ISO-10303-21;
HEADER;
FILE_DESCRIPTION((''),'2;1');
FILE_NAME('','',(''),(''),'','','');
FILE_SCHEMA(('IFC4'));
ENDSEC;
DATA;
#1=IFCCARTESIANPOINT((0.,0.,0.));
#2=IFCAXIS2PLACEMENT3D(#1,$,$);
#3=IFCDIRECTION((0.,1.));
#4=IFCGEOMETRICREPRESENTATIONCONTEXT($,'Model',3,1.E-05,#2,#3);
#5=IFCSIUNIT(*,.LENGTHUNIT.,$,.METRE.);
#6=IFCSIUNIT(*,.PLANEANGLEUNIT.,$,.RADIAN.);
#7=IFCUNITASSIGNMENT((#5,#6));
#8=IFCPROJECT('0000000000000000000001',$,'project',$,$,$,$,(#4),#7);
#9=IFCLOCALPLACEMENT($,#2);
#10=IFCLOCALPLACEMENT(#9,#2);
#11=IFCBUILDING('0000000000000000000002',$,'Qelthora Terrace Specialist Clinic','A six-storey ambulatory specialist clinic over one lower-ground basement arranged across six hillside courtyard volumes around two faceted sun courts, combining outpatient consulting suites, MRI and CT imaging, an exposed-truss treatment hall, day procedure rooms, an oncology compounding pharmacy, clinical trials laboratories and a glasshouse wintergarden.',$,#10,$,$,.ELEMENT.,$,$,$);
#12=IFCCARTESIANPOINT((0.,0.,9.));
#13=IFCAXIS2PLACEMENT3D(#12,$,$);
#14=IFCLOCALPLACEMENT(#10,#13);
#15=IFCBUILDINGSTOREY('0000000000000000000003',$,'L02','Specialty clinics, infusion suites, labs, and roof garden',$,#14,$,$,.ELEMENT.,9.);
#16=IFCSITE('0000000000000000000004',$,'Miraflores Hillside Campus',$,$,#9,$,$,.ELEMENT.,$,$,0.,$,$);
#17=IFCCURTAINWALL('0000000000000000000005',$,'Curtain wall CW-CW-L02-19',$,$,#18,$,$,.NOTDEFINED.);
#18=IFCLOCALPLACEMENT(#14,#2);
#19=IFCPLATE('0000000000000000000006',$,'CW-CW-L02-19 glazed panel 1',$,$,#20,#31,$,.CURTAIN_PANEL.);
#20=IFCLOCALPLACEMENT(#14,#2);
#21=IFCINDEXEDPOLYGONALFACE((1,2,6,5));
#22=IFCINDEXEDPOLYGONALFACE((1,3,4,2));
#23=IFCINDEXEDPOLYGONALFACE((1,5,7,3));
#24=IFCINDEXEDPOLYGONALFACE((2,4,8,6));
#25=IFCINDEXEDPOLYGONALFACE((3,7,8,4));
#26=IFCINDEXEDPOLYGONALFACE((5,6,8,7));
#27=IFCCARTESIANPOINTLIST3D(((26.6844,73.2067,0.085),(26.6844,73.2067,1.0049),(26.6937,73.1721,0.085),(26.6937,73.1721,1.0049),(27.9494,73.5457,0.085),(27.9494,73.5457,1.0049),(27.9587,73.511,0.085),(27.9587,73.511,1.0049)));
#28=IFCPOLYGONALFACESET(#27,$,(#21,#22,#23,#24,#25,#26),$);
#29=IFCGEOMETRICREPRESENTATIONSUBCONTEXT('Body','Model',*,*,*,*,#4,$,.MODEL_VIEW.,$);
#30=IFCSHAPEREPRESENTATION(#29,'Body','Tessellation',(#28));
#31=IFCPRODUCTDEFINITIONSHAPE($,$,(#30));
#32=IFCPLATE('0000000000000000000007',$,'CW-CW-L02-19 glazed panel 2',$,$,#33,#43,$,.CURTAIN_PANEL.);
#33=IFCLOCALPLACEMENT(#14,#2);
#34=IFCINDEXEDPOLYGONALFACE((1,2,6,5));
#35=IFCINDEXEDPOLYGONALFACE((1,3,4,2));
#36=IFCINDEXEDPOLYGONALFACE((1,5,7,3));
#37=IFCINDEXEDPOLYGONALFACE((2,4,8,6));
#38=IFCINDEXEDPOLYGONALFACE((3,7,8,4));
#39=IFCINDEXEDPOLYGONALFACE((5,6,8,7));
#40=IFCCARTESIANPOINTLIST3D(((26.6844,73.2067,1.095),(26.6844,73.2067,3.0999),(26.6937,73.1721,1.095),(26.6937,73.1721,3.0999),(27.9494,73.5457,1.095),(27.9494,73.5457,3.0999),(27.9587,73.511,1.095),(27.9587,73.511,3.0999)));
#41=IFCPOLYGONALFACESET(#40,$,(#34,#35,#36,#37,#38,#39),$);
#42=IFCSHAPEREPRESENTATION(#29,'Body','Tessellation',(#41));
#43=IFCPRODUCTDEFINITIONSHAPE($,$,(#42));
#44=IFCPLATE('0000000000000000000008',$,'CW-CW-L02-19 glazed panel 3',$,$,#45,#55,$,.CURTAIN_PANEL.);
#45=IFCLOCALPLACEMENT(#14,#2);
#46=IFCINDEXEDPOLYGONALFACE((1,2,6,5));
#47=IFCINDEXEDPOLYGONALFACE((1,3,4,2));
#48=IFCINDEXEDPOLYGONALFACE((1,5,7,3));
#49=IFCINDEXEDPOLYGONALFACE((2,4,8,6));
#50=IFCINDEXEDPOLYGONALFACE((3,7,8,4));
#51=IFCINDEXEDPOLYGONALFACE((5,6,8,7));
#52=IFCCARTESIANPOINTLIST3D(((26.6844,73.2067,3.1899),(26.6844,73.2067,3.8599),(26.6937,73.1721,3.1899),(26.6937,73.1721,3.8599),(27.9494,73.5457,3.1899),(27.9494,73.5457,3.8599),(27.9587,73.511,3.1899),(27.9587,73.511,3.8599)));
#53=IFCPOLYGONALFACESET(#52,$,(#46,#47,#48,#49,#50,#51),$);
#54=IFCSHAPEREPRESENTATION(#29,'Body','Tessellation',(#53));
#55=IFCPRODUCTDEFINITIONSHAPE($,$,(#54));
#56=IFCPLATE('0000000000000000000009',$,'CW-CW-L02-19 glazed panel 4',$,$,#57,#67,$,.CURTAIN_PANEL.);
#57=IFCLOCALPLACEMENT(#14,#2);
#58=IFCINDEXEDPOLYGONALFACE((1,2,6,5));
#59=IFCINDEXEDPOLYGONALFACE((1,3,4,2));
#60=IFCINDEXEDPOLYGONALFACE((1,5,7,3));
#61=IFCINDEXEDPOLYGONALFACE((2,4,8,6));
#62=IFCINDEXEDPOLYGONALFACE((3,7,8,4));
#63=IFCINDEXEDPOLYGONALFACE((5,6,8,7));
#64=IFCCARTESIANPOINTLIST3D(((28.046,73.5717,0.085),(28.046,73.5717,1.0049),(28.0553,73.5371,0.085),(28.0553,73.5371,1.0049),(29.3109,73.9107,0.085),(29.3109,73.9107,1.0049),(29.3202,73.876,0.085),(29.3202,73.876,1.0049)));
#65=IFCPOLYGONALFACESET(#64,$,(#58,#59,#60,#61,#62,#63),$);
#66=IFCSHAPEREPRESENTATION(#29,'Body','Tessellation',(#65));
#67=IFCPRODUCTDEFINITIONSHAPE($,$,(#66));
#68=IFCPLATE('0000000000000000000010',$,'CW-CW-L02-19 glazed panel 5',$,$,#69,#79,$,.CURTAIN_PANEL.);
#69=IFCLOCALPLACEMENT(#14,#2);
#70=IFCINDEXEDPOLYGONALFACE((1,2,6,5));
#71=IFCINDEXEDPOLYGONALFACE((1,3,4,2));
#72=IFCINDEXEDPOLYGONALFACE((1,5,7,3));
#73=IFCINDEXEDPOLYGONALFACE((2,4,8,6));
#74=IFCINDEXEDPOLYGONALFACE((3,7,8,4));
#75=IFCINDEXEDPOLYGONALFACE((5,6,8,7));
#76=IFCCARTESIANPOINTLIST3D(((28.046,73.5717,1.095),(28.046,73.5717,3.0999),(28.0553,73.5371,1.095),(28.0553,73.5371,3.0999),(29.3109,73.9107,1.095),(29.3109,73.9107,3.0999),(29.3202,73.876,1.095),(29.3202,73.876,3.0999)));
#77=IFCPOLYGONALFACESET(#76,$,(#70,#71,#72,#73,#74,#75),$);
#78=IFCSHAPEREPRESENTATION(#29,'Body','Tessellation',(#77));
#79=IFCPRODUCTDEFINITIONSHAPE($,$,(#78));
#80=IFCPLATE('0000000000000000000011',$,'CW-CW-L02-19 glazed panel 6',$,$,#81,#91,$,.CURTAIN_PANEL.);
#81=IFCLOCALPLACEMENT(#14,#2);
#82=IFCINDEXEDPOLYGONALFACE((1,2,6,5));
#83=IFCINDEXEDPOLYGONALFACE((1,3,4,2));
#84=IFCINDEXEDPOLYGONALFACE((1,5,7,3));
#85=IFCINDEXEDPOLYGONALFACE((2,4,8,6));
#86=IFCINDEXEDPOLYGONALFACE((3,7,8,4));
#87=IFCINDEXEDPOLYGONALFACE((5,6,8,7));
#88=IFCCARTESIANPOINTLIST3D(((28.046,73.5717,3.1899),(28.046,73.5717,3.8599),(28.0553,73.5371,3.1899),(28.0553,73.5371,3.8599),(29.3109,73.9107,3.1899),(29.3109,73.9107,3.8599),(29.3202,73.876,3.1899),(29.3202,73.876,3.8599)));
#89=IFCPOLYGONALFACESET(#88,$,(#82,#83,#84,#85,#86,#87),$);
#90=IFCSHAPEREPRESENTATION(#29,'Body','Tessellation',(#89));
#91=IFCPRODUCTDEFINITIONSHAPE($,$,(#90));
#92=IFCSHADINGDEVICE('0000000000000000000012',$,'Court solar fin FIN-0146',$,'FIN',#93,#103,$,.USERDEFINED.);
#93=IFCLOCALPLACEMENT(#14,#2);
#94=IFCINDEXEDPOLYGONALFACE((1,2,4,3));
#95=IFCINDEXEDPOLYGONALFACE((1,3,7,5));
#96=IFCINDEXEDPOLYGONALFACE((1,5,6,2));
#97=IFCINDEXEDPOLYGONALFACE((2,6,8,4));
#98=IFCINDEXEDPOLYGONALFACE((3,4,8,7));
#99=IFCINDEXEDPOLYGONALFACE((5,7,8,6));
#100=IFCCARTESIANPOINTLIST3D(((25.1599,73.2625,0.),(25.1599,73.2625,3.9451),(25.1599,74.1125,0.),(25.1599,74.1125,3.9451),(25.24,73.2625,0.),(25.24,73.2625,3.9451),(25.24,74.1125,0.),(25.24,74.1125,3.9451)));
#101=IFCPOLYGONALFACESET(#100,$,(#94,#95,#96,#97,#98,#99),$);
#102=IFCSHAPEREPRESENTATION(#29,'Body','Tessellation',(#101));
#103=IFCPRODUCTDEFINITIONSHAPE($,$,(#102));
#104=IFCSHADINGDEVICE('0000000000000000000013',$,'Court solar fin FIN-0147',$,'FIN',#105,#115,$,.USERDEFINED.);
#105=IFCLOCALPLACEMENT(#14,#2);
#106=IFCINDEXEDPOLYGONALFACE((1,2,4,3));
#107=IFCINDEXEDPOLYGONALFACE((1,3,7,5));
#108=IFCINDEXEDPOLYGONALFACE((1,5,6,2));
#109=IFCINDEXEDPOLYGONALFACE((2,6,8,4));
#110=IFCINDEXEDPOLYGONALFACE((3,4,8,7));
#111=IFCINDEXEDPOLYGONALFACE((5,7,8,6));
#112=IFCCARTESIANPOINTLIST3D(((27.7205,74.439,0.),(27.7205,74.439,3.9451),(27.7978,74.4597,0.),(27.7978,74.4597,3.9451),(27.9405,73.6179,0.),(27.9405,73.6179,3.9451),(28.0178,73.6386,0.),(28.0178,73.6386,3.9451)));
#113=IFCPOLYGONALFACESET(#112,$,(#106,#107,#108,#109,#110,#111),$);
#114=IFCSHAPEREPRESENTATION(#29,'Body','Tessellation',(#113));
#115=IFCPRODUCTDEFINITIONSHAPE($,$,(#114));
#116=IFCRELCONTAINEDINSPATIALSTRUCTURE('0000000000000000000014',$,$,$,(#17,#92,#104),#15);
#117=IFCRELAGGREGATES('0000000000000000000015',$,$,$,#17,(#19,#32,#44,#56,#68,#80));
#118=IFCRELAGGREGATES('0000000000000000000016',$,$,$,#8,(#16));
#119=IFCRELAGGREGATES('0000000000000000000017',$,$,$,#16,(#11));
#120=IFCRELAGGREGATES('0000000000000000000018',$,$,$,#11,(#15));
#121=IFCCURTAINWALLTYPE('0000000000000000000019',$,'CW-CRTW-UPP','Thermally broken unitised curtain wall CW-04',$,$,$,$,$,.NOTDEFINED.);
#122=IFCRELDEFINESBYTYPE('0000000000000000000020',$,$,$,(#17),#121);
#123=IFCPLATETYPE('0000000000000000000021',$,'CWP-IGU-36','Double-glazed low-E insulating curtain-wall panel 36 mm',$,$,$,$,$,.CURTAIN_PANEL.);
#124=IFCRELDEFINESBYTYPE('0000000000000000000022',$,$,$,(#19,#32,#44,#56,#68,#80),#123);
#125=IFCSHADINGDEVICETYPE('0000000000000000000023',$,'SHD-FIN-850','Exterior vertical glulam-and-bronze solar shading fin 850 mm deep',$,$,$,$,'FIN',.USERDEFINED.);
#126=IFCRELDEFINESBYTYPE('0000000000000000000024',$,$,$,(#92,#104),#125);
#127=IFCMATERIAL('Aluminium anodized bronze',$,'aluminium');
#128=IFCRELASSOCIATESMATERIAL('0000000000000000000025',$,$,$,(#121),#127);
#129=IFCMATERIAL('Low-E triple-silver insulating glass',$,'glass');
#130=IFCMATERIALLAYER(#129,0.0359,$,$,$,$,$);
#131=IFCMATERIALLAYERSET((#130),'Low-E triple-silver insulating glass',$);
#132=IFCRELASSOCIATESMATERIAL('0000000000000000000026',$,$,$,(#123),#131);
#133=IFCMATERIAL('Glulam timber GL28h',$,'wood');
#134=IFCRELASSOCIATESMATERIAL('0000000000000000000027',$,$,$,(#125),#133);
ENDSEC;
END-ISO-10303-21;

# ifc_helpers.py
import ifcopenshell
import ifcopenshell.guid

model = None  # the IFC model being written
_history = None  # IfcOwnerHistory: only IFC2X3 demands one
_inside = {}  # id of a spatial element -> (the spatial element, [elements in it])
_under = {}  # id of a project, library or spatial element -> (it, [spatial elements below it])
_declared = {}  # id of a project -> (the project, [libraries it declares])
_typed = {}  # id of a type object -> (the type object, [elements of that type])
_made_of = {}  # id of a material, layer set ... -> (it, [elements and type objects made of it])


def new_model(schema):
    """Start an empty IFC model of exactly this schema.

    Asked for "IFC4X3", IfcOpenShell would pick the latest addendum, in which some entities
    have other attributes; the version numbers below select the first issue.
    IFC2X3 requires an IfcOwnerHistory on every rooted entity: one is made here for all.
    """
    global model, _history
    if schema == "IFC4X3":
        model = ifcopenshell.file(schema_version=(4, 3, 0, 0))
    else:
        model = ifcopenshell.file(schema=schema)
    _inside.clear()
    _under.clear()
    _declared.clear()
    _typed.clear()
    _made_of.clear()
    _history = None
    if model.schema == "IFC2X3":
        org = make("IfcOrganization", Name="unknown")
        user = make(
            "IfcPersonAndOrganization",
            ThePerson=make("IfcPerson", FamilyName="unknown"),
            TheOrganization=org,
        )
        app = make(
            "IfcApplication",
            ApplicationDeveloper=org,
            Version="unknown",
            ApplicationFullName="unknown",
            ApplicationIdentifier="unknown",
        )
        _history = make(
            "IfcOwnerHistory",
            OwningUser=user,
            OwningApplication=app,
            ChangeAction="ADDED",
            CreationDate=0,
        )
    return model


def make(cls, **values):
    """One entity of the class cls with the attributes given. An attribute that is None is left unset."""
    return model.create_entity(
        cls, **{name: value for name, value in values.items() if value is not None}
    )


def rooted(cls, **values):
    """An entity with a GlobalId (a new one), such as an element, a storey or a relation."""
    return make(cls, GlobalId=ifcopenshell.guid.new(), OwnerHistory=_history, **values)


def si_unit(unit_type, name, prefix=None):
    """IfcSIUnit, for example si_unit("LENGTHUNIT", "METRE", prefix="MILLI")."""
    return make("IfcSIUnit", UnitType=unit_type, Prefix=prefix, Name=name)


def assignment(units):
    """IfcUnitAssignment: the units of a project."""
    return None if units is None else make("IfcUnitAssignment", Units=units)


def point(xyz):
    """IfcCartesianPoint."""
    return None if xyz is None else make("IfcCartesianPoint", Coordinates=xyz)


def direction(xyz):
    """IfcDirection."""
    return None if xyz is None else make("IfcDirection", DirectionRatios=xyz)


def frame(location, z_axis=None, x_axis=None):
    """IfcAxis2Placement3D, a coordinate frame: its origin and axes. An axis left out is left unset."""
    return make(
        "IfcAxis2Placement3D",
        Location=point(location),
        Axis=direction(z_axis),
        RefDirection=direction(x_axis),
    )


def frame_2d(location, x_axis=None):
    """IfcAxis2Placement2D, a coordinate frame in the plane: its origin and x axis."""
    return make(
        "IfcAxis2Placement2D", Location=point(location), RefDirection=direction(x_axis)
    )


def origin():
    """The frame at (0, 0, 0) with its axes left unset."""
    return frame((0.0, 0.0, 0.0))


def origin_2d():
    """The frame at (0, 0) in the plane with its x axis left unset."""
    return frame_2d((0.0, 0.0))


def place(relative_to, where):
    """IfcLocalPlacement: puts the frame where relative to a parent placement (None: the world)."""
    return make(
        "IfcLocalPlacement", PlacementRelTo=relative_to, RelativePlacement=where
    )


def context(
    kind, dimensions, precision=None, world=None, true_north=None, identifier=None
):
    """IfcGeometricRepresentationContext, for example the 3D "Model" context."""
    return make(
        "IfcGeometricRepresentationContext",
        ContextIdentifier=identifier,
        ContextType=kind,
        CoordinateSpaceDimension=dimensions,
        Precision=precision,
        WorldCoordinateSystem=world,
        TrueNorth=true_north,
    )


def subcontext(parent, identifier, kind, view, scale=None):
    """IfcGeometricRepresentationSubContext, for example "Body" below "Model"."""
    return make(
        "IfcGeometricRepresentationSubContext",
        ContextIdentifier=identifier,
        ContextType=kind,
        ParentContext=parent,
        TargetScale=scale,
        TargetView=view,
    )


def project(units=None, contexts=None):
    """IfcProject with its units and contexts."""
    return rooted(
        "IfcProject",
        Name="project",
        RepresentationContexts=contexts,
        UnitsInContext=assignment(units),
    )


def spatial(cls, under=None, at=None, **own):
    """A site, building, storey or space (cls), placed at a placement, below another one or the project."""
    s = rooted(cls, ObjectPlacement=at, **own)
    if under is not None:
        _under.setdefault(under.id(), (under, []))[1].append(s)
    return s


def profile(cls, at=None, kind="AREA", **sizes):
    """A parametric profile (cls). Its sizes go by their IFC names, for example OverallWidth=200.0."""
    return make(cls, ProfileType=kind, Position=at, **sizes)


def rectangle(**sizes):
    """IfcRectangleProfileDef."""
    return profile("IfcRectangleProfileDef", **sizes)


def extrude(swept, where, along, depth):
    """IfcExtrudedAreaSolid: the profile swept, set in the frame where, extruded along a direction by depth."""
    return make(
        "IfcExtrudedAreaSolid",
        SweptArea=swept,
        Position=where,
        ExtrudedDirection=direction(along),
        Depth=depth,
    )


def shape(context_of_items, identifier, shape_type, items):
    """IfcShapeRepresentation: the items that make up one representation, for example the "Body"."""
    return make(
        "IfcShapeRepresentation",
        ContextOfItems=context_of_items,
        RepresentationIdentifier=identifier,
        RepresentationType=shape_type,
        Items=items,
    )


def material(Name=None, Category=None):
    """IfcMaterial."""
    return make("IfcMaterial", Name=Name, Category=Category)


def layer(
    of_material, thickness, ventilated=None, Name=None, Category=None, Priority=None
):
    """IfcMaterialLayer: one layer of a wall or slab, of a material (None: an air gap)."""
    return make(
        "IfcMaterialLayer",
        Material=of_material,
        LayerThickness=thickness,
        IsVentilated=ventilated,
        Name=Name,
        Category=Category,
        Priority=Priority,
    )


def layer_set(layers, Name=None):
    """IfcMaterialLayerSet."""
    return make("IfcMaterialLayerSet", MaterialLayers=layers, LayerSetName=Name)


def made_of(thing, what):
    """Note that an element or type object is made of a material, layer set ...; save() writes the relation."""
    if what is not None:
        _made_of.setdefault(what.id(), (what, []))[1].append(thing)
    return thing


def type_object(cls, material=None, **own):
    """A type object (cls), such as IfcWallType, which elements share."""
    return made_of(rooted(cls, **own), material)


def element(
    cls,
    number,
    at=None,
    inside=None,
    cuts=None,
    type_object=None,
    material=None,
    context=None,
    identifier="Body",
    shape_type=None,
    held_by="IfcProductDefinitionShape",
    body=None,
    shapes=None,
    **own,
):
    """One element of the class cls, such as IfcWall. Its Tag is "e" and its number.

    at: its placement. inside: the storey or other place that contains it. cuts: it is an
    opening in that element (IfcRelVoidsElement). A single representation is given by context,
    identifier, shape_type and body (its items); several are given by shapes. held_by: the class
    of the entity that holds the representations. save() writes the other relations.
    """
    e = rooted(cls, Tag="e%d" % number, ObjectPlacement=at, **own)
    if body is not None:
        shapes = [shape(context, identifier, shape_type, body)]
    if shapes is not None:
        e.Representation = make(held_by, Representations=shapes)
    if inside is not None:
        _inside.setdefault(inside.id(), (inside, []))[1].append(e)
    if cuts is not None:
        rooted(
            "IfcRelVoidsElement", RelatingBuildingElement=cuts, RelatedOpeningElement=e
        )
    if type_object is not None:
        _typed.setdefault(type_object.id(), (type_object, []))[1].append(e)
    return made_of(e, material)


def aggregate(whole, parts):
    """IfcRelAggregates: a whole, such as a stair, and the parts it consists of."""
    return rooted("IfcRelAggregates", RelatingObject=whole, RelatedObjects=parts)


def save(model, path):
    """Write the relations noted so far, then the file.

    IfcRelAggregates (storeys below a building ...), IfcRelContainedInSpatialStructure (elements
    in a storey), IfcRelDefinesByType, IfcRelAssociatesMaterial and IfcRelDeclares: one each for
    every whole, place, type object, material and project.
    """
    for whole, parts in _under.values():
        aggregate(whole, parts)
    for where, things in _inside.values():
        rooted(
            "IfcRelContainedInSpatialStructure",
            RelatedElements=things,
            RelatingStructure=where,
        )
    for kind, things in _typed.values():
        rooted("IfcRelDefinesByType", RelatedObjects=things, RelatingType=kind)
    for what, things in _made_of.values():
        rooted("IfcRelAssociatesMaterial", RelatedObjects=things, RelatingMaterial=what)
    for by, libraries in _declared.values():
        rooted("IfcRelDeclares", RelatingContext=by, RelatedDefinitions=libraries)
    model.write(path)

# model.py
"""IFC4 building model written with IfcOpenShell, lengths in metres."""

from ifc_helpers import new_model, si_unit, direction, frame, origin, origin_2d, place, context, subcontext, project, spatial, rectangle, extrude, material, layer, layer_set, type_object, element, aggregate, save


model = new_model("IFC4")

# Units and contexts
model_context = context("Model", 3, precision=1e-05, world=origin(), true_north=direction((0.0, 1.0)))
body_context = subcontext(model_context, "Body", "Model", "MODEL_VIEW")
ifc_project = project(units=[si_unit("LENGTHUNIT", "METRE"), si_unit("PLANEANGLEUNIT", "RADIAN")], contexts=[model_context])

# Site, building, storey
site_placement = place(None, origin())
site = spatial("IfcSite", under=ifc_project, at=site_placement, Name="Miraflores Hillside Campus", CompositionType="ELEMENT", RefElevation=0.0)
building_placement = place(site_placement, origin())
building = spatial("IfcBuilding", under=site, at=building_placement, Name="Qelthora Terrace Specialist Clinic", Description="A six-storey ambulatory specialist clinic over one lower-ground basement arranged across six hillside courtyard volumes around two faceted sun courts, combining outpatient consulting suites, MRI and CT imaging, an exposed-truss treatment hall, day procedure rooms, an oncology compounding pharmacy, clinical trials laboratories and a glasshouse wintergarden.", CompositionType="ELEMENT")
storey_placement = place(building_placement, frame((0.0, 0.0, 9.0)))
storey = spatial("IfcBuildingStorey", under=building, at=storey_placement, Name="L02", Description="Specialty clinics, infusion suites, labs, and roof garden", CompositionType="ELEMENT", Elevation=9.0)

# Curtain wall
ifc_material_1 = material(Name="Aluminium anodized bronze", Category="aluminium")
curtain_wall_type = type_object("IfcCurtainWallType", Name="CW-CRTW-UPP", Description="Thermally broken unitised curtain wall CW-04", PredefinedType="NOTDEFINED", material=ifc_material_1)
curtain_wall_1_placement = place(storey_placement, origin())
curtain_wall_1 = element("IfcCurtainWall", 1, at=curtain_wall_1_placement, inside=storey, type_object=curtain_wall_type, Name="Curtain wall CW-CW-L02-19", PredefinedType="NOTDEFINED")

# Plates
ifc_material_2 = material(Name="Low-E triple-silver insulating glass", Category="glass")
ifc_layer = layer(ifc_material_2, 0.0359)
ifc_layer_set = layer_set([ifc_layer], Name="Low-E triple-silver insulating glass")
plate_type = type_object("IfcPlateType", Name="CWP-IGU-36", Description="Double-glazed low-E insulating curtain-wall panel 36 mm", PredefinedType="CURTAIN_PANEL", material=ifc_layer_set)
plate_1_placement = place(storey_placement, frame((27.3215, 73.3589, 0.085), z_axis=(0.0, 0.0, 1.0), x_axis=(0.965925, 0.258821, 0.0)))
plate_1 = element("IfcPlate", 2, at=plate_1_placement, type_object=plate_type, Name="CW-CW-L02-19 glazed panel 1", PredefinedType="CURTAIN_PANEL", context=body_context, shape_type="SweptSolid", body=[
    extrude(rectangle(XDim=1.3096, YDim=0.0359, at=origin_2d()), origin(), (0.0, 0.0, 1.0), 0.9199),
])
plate_2_placement = place(storey_placement, frame((27.3215, 73.3589, 1.095), z_axis=(0.0, 0.0, 1.0), x_axis=(0.965925, 0.258821, 0.0)))
plate_2 = element("IfcPlate", 3, at=plate_2_placement, type_object=plate_type, Name="CW-CW-L02-19 glazed panel 2", PredefinedType="CURTAIN_PANEL", context=body_context, shape_type="SweptSolid", body=[
    extrude(rectangle(XDim=1.3096, YDim=0.0359, at=origin_2d()), origin(), (0.0, 0.0, 1.0), 2.0049),
])
plate_3_placement = place(storey_placement, frame((27.3215, 73.3589, 3.1899), z_axis=(0.0, 0.0, 1.0), x_axis=(0.965925, 0.258821, 0.0)))
plate_3 = element("IfcPlate", 4, at=plate_3_placement, type_object=plate_type, Name="CW-CW-L02-19 glazed panel 3", PredefinedType="CURTAIN_PANEL", context=body_context, shape_type="SweptSolid", body=[
    extrude(rectangle(XDim=1.3096, YDim=0.0359, at=origin_2d()), origin(), (0.0, 0.0, 1.0), 0.6699),
])
plate_4_placement = place(storey_placement, frame((28.6831, 73.7239, 0.085), z_axis=(0.0, 0.0, 1.0), x_axis=(0.965925, 0.258821, 0.0)))
plate_4 = element("IfcPlate", 5, at=plate_4_placement, type_object=plate_type, Name="CW-CW-L02-19 glazed panel 4", PredefinedType="CURTAIN_PANEL", context=body_context, shape_type="SweptSolid", body=[
    extrude(rectangle(XDim=1.3096, YDim=0.0359, at=origin_2d()), origin(), (0.0, 0.0, 1.0), 0.9199),
])
plate_5_placement = place(storey_placement, frame((28.6831, 73.7239, 1.095), z_axis=(0.0, 0.0, 1.0), x_axis=(0.965925, 0.258821, 0.0)))
plate_5 = element("IfcPlate", 6, at=plate_5_placement, type_object=plate_type, Name="CW-CW-L02-19 glazed panel 5", PredefinedType="CURTAIN_PANEL", context=body_context, shape_type="SweptSolid", body=[
    extrude(rectangle(XDim=1.3096, YDim=0.0359, at=origin_2d()), origin(), (0.0, 0.0, 1.0), 2.0049),
])
plate_6_placement = place(storey_placement, frame((28.6831, 73.7239, 3.1899), z_axis=(0.0, 0.0, 1.0), x_axis=(0.965925, 0.258821, 0.0)))
plate_6 = element("IfcPlate", 7, at=plate_6_placement, type_object=plate_type, Name="CW-CW-L02-19 glazed panel 6", PredefinedType="CURTAIN_PANEL", context=body_context, shape_type="SweptSolid", body=[
    extrude(rectangle(XDim=1.3096, YDim=0.0359, at=origin_2d()), origin(), (0.0, 0.0, 1.0), 0.6699),
])
aggregate(curtain_wall_1, [plate_1, plate_2, plate_3, plate_4, plate_5, plate_6])

# Shading devices
ifc_material_3 = material(Name="Glulam timber GL28h", Category="wood")
shading_device_type = type_object("IfcShadingDeviceType", Name="SHD-FIN-850", Description="Exterior vertical glulam-and-bronze solar shading fin 850 mm deep", ElementType="FIN", PredefinedType="USERDEFINED", material=ifc_material_3)
for number, where, z_axis, x_axis, name in (
    (8, (25.2, 73.6875, 0.0), (0.0, 0.0, 1.0), (0.0, 1.0, 0.0), "Court solar fin FIN-0146"),
    (9, (27.8691, 74.0388, 0.0), (0.0, 0.0, 1.0), (-0.258819, 0.965926, 0.0), "Court solar fin FIN-0147"),
):
    element("IfcShadingDevice", number, at=place(storey_placement, frame(where, z_axis=z_axis, x_axis=x_axis)), inside=storey, type_object=shading_device_type, Name=name, ObjectType="FIN", PredefinedType="USERDEFINED", context=body_context, shape_type="SweptSolid", body=[
        extrude(rectangle(XDim=0.8501, YDim=0.0801, at=origin_2d()), origin(), (0.0, 0.0, 1.0), 3.9451),
    ])

save(model, "model.ifc")
